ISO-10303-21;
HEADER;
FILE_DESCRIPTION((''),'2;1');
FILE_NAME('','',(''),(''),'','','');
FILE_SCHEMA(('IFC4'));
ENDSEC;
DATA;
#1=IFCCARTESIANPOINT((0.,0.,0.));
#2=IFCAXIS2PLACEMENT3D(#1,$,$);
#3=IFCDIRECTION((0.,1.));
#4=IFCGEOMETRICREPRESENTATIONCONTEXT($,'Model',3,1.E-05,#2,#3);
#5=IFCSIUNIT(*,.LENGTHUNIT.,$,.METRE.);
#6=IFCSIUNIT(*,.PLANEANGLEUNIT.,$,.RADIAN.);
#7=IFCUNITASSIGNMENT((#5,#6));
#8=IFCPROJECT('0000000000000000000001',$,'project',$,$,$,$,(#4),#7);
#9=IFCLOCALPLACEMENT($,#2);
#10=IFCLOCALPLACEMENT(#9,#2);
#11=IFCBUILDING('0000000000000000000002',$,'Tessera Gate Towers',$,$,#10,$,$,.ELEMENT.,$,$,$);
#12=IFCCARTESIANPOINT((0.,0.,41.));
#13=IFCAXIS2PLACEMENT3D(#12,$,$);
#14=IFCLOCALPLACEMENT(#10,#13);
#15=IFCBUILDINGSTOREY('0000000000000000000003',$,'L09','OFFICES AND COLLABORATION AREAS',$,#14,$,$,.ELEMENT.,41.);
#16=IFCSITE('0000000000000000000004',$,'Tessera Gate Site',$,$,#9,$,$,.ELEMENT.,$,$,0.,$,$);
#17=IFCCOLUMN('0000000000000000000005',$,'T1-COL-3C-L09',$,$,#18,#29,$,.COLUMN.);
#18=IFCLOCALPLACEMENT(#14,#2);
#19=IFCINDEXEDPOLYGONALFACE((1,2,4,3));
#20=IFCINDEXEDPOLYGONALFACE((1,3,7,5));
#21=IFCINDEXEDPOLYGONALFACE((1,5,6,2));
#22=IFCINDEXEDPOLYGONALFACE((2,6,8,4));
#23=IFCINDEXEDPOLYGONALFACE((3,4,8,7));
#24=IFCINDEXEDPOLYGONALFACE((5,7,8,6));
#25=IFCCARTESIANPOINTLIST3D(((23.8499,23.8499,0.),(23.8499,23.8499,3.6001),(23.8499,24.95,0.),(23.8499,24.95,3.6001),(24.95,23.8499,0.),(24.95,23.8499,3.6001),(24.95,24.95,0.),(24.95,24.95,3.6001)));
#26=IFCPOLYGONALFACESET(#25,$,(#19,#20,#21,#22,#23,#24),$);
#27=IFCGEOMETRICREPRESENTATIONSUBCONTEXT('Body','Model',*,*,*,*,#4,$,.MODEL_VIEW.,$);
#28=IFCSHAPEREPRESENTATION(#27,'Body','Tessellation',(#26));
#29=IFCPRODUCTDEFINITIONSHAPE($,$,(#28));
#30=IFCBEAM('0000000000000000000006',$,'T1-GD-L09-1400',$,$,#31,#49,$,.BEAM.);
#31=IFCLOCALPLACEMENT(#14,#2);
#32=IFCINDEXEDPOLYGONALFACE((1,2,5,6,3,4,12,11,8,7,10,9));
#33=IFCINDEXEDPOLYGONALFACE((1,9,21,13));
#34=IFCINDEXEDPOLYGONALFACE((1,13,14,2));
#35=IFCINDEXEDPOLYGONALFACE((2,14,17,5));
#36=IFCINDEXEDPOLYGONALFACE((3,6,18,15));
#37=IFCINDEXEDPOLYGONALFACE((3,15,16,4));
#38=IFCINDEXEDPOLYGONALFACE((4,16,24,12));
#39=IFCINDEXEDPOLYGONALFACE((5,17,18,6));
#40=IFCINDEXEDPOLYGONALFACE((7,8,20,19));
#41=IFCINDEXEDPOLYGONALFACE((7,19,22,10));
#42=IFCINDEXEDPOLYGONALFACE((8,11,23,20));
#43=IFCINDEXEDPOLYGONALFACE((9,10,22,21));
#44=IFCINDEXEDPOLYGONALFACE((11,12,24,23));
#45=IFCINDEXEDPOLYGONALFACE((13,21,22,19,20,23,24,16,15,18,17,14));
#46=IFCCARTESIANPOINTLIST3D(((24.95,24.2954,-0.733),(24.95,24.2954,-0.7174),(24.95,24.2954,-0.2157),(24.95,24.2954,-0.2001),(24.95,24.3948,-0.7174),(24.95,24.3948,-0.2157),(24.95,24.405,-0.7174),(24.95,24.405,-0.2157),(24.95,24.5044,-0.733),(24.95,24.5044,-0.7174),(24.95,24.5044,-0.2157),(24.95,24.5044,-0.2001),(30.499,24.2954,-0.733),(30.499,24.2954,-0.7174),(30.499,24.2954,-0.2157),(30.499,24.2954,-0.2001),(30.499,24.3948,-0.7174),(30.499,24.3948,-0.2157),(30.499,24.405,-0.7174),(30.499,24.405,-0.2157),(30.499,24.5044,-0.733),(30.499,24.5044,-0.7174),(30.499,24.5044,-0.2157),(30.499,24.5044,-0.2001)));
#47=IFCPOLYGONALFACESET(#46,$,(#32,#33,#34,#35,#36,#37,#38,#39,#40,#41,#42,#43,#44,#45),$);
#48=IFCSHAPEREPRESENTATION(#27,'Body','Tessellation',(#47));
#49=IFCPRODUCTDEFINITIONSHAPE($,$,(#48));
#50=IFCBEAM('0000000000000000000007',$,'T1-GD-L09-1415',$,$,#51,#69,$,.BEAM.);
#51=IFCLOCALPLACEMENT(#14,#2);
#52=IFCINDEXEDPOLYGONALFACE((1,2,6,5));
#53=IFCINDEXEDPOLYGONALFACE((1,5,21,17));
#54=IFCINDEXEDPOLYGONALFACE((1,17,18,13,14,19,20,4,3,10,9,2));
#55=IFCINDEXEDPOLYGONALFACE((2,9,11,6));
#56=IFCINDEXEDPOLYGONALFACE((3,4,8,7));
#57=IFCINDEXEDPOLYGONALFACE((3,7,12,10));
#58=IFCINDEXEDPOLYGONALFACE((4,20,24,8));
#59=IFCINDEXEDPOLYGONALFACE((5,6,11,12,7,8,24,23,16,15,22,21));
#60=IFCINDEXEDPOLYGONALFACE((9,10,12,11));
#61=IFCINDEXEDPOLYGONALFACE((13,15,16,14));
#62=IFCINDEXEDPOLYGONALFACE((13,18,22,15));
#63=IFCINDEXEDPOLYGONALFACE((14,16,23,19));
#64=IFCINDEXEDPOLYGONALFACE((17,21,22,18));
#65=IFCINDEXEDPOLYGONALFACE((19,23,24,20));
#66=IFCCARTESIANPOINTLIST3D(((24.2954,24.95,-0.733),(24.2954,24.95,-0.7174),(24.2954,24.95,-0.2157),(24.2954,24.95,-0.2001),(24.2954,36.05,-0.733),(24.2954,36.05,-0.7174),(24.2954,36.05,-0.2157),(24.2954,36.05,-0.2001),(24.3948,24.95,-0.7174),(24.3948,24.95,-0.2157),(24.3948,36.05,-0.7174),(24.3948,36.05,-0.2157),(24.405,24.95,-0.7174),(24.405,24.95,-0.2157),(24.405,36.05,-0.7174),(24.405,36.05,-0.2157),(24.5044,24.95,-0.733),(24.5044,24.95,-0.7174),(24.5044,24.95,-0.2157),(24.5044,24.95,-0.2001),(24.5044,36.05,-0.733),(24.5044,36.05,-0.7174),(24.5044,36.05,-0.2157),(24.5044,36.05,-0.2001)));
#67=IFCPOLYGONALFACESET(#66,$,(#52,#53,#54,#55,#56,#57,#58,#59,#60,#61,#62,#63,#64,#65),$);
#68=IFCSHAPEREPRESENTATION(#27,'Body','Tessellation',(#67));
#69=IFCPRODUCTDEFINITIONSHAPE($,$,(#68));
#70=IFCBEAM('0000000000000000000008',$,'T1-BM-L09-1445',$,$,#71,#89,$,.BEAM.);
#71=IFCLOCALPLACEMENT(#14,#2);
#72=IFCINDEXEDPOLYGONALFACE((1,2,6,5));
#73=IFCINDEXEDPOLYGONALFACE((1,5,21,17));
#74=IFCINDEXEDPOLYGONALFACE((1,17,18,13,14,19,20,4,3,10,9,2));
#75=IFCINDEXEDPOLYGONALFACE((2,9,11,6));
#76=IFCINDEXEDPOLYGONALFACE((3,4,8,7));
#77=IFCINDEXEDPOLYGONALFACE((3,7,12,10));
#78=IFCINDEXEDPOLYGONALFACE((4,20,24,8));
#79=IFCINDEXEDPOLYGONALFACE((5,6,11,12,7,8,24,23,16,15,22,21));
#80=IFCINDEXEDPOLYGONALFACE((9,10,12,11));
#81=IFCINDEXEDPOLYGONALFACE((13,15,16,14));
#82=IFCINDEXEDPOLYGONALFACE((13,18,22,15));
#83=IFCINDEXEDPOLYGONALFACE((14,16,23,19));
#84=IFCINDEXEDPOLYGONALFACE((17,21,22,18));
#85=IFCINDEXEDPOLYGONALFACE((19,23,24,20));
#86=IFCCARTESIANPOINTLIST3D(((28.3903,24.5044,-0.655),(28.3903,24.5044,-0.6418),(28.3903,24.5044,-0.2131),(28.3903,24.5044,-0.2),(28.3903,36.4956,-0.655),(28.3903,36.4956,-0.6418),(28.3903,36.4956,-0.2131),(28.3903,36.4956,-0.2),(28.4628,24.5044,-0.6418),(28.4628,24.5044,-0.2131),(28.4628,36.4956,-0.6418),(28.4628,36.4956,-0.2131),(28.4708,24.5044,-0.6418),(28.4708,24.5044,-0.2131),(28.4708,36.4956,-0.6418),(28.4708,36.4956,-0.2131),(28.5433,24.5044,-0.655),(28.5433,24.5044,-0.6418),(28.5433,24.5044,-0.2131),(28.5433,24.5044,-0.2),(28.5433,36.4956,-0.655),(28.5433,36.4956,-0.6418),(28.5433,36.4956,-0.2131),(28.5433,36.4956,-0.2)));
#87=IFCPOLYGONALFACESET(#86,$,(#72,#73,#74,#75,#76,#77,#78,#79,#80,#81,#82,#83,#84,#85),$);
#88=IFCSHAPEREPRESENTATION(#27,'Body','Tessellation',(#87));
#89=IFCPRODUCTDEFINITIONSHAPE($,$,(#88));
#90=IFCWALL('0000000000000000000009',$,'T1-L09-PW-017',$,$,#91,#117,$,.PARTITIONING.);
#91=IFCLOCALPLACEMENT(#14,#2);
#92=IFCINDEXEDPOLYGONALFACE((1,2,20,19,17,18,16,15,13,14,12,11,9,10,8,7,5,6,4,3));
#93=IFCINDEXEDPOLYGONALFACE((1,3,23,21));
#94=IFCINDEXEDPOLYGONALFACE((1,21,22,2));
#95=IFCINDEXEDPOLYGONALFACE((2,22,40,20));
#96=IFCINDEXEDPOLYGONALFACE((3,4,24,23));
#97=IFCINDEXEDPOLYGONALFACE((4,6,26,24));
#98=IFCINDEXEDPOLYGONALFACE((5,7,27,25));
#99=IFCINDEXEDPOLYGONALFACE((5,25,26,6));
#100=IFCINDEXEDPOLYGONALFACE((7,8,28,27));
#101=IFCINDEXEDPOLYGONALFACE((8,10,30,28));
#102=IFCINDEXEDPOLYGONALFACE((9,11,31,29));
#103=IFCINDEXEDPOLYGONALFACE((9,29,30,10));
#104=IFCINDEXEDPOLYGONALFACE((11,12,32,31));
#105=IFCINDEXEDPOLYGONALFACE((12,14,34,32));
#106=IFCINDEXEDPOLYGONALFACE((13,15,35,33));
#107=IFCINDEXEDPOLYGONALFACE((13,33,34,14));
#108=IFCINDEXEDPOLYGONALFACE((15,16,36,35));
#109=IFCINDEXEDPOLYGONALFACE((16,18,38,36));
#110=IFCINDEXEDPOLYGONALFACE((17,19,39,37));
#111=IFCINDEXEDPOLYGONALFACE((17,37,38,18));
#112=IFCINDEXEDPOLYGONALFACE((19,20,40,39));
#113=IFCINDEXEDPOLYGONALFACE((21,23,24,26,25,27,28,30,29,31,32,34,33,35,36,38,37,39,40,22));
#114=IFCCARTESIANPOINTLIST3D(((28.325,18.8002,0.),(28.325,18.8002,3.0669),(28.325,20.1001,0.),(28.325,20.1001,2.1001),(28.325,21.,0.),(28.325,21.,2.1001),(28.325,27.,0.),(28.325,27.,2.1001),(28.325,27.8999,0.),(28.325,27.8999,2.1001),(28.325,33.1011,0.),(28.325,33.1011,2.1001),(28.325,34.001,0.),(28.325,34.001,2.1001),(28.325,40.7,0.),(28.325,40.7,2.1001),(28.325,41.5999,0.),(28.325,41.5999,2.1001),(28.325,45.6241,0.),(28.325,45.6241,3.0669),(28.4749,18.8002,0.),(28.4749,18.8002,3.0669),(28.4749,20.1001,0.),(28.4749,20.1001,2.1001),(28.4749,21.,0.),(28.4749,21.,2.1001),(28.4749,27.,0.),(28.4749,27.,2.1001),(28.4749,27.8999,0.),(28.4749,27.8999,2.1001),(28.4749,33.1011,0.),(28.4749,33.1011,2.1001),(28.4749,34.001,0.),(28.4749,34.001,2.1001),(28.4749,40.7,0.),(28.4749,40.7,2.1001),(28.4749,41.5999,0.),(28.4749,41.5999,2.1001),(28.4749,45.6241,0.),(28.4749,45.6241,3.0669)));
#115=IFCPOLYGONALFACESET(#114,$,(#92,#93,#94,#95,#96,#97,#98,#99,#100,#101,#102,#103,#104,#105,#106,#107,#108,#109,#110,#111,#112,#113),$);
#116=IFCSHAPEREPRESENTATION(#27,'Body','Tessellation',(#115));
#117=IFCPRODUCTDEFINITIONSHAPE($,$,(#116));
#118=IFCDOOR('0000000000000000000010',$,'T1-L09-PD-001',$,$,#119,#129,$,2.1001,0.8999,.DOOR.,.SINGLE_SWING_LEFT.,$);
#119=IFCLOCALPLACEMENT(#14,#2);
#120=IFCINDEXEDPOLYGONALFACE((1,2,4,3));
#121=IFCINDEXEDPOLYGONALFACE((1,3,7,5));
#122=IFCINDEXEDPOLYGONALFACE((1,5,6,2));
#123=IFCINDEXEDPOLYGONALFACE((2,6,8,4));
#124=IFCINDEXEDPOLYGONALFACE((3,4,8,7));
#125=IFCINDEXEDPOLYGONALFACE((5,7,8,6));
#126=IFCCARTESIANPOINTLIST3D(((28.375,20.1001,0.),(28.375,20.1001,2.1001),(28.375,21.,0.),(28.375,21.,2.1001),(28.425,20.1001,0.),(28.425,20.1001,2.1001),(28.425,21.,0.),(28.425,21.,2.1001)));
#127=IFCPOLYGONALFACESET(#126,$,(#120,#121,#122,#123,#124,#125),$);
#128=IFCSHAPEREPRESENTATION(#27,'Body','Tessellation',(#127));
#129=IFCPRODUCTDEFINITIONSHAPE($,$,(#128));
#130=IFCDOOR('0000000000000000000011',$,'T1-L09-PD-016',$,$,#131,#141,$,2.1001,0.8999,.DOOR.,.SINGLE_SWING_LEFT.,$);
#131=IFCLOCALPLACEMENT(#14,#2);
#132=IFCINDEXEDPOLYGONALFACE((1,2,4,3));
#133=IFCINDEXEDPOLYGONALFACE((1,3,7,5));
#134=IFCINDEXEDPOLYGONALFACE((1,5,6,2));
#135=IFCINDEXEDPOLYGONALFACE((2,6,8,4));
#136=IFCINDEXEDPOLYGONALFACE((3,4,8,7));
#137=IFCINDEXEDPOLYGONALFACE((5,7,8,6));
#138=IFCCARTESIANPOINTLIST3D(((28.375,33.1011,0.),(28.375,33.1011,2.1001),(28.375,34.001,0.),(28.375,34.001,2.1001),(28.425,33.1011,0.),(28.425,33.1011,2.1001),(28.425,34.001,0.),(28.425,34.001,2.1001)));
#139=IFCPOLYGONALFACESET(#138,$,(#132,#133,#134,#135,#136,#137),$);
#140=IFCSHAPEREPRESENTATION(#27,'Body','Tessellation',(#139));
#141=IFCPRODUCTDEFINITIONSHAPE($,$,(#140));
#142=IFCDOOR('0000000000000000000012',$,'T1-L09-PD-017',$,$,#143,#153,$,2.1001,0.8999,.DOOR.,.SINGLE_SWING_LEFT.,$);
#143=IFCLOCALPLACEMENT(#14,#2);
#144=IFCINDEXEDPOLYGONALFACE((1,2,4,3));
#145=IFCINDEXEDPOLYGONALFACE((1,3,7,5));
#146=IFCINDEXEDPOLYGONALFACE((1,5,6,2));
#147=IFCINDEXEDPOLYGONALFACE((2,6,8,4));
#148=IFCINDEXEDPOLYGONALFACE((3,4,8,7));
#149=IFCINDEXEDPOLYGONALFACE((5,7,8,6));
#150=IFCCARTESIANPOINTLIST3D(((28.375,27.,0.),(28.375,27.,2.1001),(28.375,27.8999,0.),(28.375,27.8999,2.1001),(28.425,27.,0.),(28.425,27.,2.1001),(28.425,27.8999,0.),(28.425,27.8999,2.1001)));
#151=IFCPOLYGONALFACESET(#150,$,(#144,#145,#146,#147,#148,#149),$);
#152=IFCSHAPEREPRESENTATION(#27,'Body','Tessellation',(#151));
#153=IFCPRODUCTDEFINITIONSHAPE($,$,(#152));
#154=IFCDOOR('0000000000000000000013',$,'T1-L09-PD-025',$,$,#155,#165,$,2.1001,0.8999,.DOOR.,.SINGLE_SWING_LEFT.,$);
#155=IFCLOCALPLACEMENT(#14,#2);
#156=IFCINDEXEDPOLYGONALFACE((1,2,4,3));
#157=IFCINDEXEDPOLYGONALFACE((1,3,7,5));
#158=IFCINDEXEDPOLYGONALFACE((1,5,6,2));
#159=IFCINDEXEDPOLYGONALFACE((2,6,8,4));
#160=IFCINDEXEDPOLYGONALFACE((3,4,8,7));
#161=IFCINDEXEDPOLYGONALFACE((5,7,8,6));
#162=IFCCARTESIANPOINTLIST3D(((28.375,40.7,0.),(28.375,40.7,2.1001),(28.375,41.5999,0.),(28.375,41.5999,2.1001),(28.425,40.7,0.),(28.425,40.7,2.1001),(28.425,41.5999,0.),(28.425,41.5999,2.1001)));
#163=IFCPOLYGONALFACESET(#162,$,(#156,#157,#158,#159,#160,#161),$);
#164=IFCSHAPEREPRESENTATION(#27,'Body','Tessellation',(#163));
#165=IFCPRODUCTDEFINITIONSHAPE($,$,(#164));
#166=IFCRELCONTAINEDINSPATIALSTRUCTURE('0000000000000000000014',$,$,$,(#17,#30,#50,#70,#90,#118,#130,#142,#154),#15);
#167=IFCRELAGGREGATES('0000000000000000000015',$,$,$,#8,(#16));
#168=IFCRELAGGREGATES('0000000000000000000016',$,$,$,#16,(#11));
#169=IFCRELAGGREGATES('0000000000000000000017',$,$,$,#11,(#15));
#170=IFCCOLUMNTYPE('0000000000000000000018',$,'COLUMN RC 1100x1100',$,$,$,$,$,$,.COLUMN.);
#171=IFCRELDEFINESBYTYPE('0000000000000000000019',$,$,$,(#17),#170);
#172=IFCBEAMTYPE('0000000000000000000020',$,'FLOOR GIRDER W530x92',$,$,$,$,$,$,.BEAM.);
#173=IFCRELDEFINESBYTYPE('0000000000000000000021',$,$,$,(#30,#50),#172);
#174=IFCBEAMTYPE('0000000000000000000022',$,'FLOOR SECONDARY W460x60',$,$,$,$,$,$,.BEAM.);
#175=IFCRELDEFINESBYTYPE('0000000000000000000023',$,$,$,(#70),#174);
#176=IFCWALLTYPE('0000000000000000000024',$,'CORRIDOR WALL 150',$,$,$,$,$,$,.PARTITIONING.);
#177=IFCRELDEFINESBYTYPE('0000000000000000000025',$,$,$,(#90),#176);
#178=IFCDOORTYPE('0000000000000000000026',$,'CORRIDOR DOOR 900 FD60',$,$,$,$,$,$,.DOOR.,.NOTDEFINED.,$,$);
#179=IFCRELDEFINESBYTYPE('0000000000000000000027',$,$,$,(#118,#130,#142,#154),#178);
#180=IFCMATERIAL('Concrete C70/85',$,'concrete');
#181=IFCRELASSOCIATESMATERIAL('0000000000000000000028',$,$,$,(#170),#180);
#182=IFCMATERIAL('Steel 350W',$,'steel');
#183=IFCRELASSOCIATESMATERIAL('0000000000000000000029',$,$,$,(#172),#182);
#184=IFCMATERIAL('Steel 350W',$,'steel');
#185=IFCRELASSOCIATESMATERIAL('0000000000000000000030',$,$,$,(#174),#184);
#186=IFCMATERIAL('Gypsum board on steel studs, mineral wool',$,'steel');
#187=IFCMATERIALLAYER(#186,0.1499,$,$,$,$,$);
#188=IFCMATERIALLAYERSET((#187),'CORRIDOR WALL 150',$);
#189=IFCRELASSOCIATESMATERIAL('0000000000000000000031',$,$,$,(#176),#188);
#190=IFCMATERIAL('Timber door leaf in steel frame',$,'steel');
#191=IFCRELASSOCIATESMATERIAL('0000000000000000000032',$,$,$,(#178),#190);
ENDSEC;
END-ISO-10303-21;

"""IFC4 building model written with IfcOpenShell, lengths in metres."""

from ifc_helpers import new_model, si_unit, direction, frame, frame_2d, origin, origin_2d, place, context, subcontext, project, spatial, rectangle, i_section, extrude, source, transform, mapped, material, layer, layer_set, material_profile, profile_set, type_object, element, fill, save


model = new_model("IFC4")

# Units and contexts
model_context = context("Model", 3, precision=1e-05, world=origin(), true_north=direction((0.0, 1.0)))
body_context = subcontext(model_context, "Body", "Model", "MODEL_VIEW")
ifc_project = project(units=[si_unit("LENGTHUNIT", "METRE"), si_unit("PLANEANGLEUNIT", "RADIAN")], contexts=[model_context])

# Site, building, storey
site_placement = place(None, origin())
site = spatial("IfcSite", under=ifc_project, at=site_placement, Name="Tessera Gate Site", CompositionType="ELEMENT", RefElevation=0.0)
building_placement = place(site_placement, origin())
building = spatial("IfcBuilding", under=site, at=building_placement, Name="Tessera Gate Towers", CompositionType="ELEMENT")
storey_placement = place(building_placement, frame((0.0, 0.0, 41.0)))
storey = spatial("IfcBuildingStorey", under=building, at=storey_placement, Name="L09", Description="OFFICES AND COLLABORATION AREAS", CompositionType="ELEMENT", Elevation=41.0)

# Column
ifc_material_1 = material(Name="Concrete C70/85", Category="concrete")
ifc_material_profile_1 = material_profile(ifc_material_1, rectangle(XDim=1.1001, YDim=1.1001, at=origin_2d()), Name="RC 1100x1100")
ifc_profile_set_1 = profile_set([ifc_material_profile_1], Name="Concrete C70/85")
column_type = type_object("IfcColumnType", Name="COLUMN RC 1100x1100", PredefinedType="COLUMN", material=ifc_profile_set_1)
column_placement = place(storey_placement, frame((24.3999, 24.3999, 0.0), z_axis=(0.0, 0.0, 1.0), x_axis=(1.0, 0.0, 0.0)))
element("IfcColumn", 1, at=column_placement, inside=storey, type_object=column_type, Name="T1-COL-3C-L09", PredefinedType="COLUMN", context=body_context, shape_type="SweptSolid", body=[
    extrude(rectangle(XDim=1.1001, YDim=1.1001, at=origin_2d()), origin(), (0.0, 0.0, 1.0), 3.6001),
])

# Beams
ifc_material_2 = material(Name="Steel 350W", Category="steel")
ifc_material_profile_2 = material_profile(ifc_material_2, i_section(OverallWidth=0.209, OverallDepth=0.533, WebThickness=0.0103, FlangeThickness=0.0156, at=origin_2d()), Name="W530x92")
ifc_profile_set_2 = profile_set([ifc_material_profile_2], Name="Steel 350W")
beam_type_1 = type_object("IfcBeamType", Name="FLOOR GIRDER W530x92", PredefinedType="BEAM", material=ifc_profile_set_2)
beam_1_placement = place(storey_placement, frame((24.95, 24.3999, -0.4666), z_axis=(1.0, 0.0, 0.0), x_axis=(0.0, 1.0, 0.0)))
element("IfcBeam", 2, at=beam_1_placement, inside=storey, type_object=beam_type_1, Name="T1-GD-L09-1400", PredefinedType="BEAM", context=body_context, shape_type="SweptSolid", body=[
    extrude(i_section(OverallWidth=0.209, OverallDepth=0.533, WebThickness=0.0103, FlangeThickness=0.0156, at=origin_2d()), origin(), (0.0, 0.0, 1.0), 5.5491),
])
beam_2_placement = place(storey_placement, frame((24.3999, 24.95, -0.4666), z_axis=(0.0, 1.0, 0.0), x_axis=(-1.0, 0.0, 0.0)))
element("IfcBeam", 3, at=beam_2_placement, inside=storey, type_object=beam_type_1, Name="T1-GD-L09-1415", PredefinedType="BEAM", context=body_context, shape_type="SweptSolid", body=[
    extrude(i_section(OverallWidth=0.209, OverallDepth=0.533, WebThickness=0.0103, FlangeThickness=0.0156, at=origin_2d()), origin(), (0.0, 0.0, 1.0), 11.1001),
])
ifc_material_3 = material(Name="Steel 350W", Category="steel")
ifc_material_profile_3 = material_profile(ifc_material_3, i_section(OverallWidth=0.1531, OverallDepth=0.4551, WebThickness=0.0081, FlangeThickness=0.0132, at=origin_2d()), Name="W460x60")
ifc_profile_set_3 = profile_set([ifc_material_profile_3], Name="Steel 350W")
beam_type_2 = type_object("IfcBeamType", Name="FLOOR SECONDARY W460x60", PredefinedType="BEAM", material=ifc_profile_set_3)
beam_3_placement = place(storey_placement, frame((28.4668, 24.5044, -0.4275), z_axis=(0.0, 1.0, 0.0), x_axis=(-1.0, 0.0, 0.0)))
element("IfcBeam", 4, at=beam_3_placement, inside=storey, type_object=beam_type_2, Name="T1-BM-L09-1445", PredefinedType="BEAM", context=body_context, shape_type="SweptSolid", body=[
    extrude(i_section(OverallWidth=0.1531, OverallDepth=0.4551, WebThickness=0.0081, FlangeThickness=0.0132, at=origin_2d()), origin(), (0.0, 0.0, 1.0), 11.9912),
])

# Wall, openings, doors
ifc_material_4 = material(Name="Gypsum board on steel studs, mineral wool", Category="steel")
ifc_layer_1 = layer(ifc_material_4, 0.1499)
ifc_layer_set_1 = layer_set([ifc_layer_1], Name="CORRIDOR WALL 150")
wall_type_1 = type_object("IfcWallType", Name="CORRIDOR WALL 150", PredefinedType="PARTITIONING", material=ifc_layer_set_1)
wall_1_placement = place(storey_placement, frame((28.3999, 18.8, 0.0), z_axis=(0.0, 0.0, 1.0), x_axis=(0.0, 1.0, 0.0)))
wall_1 = element("IfcWall", 5, at=wall_1_placement, inside=storey, type_object=wall_type_1, Name="T1-L09-PW-017", PredefinedType="PARTITIONING", context=body_context, shape_type="SweptSolid", body=[
    extrude(rectangle(XDim=26.824, YDim=0.1499, at=frame_2d((13.4121, 0.0))), origin(), (0.0, 0.0, 1.0), 3.0669),
])
shared_shape_1 = source(origin(), body_context, "Body", "SweptSolid", [
    extrude(rectangle(XDim=0.8999, YDim=2.1001, at=frame_2d((0.45, 1.05))), frame((0.0, 0.085, 0.0), z_axis=(0.0, -1.0, 0.0), x_axis=(1.0, 0.0, 0.0)), (0.0, 0.0, 1.0), 0.1699),
])
opening_1_placement = place(wall_1_placement, frame((1.3, 0.0, 0.0)))
opening_1 = element("IfcOpeningElement", 6, at=opening_1_placement, cuts=wall_1, PredefinedType="OPENING", context=body_context, shape_type="MappedRepresentation", body=[
    mapped(shared_shape_1, transform((0.0, 0.0, 0.0), scale=1.0)),
])
opening_2_placement = place(wall_1_placement, frame((14.301, 0.0, 0.0)))
opening_2 = element("IfcOpeningElement", 7, at=opening_2_placement, cuts=wall_1, PredefinedType="OPENING", context=body_context, shape_type="MappedRepresentation", body=[
    mapped(shared_shape_1, transform((0.0, 0.0, 0.0), scale=1.0)),
])
opening_3_placement = place(wall_1_placement, frame((8.2, 0.0, 0.0)))
opening_3 = element("IfcOpeningElement", 8, at=opening_3_placement, cuts=wall_1, PredefinedType="OPENING", context=body_context, shape_type="MappedRepresentation", body=[
    mapped(shared_shape_1, transform((0.0, 0.0, 0.0), scale=1.0)),
])
opening_4_placement = place(wall_1_placement, frame((21.8999, 0.0, 0.0)))
opening_4 = element("IfcOpeningElement", 9, at=opening_4_placement, cuts=wall_1, PredefinedType="OPENING", context=body_context, shape_type="MappedRepresentation", body=[
    mapped(shared_shape_1, transform((0.0, 0.0, 0.0), scale=1.0)),
])
ifc_material_5 = material(Name="Timber door leaf in steel frame", Category="steel")
door_type_1 = type_object("IfcDoorType", Name="CORRIDOR DOOR 900 FD60", OperationType="NOTDEFINED", PredefinedType="DOOR", material=ifc_material_5)
shared_shape_2 = source(origin(), body_context, "Body", "SweptSolid", [
    extrude(rectangle(XDim=0.8999, YDim=2.1001, at=frame_2d((0.45, 1.05))), frame((0.0, 0.0249, 0.0), z_axis=(0.0, -1.0, 0.0), x_axis=(1.0, 0.0, 0.0)), (0.0, 0.0, 1.0), 0.05),
])
door_1_placement = place(opening_1_placement, origin())
door_1 = element("IfcDoor", 10, at=door_1_placement, inside=storey, type_object=door_type_1, Name="T1-L09-PD-001", OperationType="SINGLE_SWING_LEFT", OverallHeight=2.1001, OverallWidth=0.8999, PredefinedType="DOOR", context=body_context, shape_type="MappedRepresentation", body=[
    mapped(shared_shape_2, transform((0.0, 0.0, 0.0), scale=1.0)),
])
fill(opening_1, door_1)
door_2_placement = place(opening_2_placement, origin())
door_2 = element("IfcDoor", 11, at=door_2_placement, inside=storey, type_object=door_type_1, Name="T1-L09-PD-016", OperationType="SINGLE_SWING_LEFT", OverallHeight=2.1001, OverallWidth=0.8999, PredefinedType="DOOR", context=body_context, shape_type="MappedRepresentation", body=[
    mapped(shared_shape_2, transform((0.0, 0.0, 0.0), scale=1.0)),
])
fill(opening_2, door_2)
door_3_placement = place(opening_3_placement, origin())
door_3 = element("IfcDoor", 12, at=door_3_placement, inside=storey, type_object=door_type_1, Name="T1-L09-PD-017", OperationType="SINGLE_SWING_LEFT", OverallHeight=2.1001, OverallWidth=0.8999, PredefinedType="DOOR", context=body_context, shape_type="MappedRepresentation", body=[
    mapped(shared_shape_2, transform((0.0, 0.0, 0.0), scale=1.0)),
])
fill(opening_3, door_3)
door_4_placement = place(opening_4_placement, origin())
door_4 = element("IfcDoor", 13, at=door_4_placement, inside=storey, type_object=door_type_1, Name="T1-L09-PD-025", OperationType="SINGLE_SWING_LEFT", OverallHeight=2.1001, OverallWidth=0.8999, PredefinedType="DOOR", context=body_context, shape_type="MappedRepresentation", body=[
    mapped(shared_shape_2, transform((0.0, 0.0, 0.0), scale=1.0)),
])
fill(opening_4, door_4)

save(model, "model.ifc")
